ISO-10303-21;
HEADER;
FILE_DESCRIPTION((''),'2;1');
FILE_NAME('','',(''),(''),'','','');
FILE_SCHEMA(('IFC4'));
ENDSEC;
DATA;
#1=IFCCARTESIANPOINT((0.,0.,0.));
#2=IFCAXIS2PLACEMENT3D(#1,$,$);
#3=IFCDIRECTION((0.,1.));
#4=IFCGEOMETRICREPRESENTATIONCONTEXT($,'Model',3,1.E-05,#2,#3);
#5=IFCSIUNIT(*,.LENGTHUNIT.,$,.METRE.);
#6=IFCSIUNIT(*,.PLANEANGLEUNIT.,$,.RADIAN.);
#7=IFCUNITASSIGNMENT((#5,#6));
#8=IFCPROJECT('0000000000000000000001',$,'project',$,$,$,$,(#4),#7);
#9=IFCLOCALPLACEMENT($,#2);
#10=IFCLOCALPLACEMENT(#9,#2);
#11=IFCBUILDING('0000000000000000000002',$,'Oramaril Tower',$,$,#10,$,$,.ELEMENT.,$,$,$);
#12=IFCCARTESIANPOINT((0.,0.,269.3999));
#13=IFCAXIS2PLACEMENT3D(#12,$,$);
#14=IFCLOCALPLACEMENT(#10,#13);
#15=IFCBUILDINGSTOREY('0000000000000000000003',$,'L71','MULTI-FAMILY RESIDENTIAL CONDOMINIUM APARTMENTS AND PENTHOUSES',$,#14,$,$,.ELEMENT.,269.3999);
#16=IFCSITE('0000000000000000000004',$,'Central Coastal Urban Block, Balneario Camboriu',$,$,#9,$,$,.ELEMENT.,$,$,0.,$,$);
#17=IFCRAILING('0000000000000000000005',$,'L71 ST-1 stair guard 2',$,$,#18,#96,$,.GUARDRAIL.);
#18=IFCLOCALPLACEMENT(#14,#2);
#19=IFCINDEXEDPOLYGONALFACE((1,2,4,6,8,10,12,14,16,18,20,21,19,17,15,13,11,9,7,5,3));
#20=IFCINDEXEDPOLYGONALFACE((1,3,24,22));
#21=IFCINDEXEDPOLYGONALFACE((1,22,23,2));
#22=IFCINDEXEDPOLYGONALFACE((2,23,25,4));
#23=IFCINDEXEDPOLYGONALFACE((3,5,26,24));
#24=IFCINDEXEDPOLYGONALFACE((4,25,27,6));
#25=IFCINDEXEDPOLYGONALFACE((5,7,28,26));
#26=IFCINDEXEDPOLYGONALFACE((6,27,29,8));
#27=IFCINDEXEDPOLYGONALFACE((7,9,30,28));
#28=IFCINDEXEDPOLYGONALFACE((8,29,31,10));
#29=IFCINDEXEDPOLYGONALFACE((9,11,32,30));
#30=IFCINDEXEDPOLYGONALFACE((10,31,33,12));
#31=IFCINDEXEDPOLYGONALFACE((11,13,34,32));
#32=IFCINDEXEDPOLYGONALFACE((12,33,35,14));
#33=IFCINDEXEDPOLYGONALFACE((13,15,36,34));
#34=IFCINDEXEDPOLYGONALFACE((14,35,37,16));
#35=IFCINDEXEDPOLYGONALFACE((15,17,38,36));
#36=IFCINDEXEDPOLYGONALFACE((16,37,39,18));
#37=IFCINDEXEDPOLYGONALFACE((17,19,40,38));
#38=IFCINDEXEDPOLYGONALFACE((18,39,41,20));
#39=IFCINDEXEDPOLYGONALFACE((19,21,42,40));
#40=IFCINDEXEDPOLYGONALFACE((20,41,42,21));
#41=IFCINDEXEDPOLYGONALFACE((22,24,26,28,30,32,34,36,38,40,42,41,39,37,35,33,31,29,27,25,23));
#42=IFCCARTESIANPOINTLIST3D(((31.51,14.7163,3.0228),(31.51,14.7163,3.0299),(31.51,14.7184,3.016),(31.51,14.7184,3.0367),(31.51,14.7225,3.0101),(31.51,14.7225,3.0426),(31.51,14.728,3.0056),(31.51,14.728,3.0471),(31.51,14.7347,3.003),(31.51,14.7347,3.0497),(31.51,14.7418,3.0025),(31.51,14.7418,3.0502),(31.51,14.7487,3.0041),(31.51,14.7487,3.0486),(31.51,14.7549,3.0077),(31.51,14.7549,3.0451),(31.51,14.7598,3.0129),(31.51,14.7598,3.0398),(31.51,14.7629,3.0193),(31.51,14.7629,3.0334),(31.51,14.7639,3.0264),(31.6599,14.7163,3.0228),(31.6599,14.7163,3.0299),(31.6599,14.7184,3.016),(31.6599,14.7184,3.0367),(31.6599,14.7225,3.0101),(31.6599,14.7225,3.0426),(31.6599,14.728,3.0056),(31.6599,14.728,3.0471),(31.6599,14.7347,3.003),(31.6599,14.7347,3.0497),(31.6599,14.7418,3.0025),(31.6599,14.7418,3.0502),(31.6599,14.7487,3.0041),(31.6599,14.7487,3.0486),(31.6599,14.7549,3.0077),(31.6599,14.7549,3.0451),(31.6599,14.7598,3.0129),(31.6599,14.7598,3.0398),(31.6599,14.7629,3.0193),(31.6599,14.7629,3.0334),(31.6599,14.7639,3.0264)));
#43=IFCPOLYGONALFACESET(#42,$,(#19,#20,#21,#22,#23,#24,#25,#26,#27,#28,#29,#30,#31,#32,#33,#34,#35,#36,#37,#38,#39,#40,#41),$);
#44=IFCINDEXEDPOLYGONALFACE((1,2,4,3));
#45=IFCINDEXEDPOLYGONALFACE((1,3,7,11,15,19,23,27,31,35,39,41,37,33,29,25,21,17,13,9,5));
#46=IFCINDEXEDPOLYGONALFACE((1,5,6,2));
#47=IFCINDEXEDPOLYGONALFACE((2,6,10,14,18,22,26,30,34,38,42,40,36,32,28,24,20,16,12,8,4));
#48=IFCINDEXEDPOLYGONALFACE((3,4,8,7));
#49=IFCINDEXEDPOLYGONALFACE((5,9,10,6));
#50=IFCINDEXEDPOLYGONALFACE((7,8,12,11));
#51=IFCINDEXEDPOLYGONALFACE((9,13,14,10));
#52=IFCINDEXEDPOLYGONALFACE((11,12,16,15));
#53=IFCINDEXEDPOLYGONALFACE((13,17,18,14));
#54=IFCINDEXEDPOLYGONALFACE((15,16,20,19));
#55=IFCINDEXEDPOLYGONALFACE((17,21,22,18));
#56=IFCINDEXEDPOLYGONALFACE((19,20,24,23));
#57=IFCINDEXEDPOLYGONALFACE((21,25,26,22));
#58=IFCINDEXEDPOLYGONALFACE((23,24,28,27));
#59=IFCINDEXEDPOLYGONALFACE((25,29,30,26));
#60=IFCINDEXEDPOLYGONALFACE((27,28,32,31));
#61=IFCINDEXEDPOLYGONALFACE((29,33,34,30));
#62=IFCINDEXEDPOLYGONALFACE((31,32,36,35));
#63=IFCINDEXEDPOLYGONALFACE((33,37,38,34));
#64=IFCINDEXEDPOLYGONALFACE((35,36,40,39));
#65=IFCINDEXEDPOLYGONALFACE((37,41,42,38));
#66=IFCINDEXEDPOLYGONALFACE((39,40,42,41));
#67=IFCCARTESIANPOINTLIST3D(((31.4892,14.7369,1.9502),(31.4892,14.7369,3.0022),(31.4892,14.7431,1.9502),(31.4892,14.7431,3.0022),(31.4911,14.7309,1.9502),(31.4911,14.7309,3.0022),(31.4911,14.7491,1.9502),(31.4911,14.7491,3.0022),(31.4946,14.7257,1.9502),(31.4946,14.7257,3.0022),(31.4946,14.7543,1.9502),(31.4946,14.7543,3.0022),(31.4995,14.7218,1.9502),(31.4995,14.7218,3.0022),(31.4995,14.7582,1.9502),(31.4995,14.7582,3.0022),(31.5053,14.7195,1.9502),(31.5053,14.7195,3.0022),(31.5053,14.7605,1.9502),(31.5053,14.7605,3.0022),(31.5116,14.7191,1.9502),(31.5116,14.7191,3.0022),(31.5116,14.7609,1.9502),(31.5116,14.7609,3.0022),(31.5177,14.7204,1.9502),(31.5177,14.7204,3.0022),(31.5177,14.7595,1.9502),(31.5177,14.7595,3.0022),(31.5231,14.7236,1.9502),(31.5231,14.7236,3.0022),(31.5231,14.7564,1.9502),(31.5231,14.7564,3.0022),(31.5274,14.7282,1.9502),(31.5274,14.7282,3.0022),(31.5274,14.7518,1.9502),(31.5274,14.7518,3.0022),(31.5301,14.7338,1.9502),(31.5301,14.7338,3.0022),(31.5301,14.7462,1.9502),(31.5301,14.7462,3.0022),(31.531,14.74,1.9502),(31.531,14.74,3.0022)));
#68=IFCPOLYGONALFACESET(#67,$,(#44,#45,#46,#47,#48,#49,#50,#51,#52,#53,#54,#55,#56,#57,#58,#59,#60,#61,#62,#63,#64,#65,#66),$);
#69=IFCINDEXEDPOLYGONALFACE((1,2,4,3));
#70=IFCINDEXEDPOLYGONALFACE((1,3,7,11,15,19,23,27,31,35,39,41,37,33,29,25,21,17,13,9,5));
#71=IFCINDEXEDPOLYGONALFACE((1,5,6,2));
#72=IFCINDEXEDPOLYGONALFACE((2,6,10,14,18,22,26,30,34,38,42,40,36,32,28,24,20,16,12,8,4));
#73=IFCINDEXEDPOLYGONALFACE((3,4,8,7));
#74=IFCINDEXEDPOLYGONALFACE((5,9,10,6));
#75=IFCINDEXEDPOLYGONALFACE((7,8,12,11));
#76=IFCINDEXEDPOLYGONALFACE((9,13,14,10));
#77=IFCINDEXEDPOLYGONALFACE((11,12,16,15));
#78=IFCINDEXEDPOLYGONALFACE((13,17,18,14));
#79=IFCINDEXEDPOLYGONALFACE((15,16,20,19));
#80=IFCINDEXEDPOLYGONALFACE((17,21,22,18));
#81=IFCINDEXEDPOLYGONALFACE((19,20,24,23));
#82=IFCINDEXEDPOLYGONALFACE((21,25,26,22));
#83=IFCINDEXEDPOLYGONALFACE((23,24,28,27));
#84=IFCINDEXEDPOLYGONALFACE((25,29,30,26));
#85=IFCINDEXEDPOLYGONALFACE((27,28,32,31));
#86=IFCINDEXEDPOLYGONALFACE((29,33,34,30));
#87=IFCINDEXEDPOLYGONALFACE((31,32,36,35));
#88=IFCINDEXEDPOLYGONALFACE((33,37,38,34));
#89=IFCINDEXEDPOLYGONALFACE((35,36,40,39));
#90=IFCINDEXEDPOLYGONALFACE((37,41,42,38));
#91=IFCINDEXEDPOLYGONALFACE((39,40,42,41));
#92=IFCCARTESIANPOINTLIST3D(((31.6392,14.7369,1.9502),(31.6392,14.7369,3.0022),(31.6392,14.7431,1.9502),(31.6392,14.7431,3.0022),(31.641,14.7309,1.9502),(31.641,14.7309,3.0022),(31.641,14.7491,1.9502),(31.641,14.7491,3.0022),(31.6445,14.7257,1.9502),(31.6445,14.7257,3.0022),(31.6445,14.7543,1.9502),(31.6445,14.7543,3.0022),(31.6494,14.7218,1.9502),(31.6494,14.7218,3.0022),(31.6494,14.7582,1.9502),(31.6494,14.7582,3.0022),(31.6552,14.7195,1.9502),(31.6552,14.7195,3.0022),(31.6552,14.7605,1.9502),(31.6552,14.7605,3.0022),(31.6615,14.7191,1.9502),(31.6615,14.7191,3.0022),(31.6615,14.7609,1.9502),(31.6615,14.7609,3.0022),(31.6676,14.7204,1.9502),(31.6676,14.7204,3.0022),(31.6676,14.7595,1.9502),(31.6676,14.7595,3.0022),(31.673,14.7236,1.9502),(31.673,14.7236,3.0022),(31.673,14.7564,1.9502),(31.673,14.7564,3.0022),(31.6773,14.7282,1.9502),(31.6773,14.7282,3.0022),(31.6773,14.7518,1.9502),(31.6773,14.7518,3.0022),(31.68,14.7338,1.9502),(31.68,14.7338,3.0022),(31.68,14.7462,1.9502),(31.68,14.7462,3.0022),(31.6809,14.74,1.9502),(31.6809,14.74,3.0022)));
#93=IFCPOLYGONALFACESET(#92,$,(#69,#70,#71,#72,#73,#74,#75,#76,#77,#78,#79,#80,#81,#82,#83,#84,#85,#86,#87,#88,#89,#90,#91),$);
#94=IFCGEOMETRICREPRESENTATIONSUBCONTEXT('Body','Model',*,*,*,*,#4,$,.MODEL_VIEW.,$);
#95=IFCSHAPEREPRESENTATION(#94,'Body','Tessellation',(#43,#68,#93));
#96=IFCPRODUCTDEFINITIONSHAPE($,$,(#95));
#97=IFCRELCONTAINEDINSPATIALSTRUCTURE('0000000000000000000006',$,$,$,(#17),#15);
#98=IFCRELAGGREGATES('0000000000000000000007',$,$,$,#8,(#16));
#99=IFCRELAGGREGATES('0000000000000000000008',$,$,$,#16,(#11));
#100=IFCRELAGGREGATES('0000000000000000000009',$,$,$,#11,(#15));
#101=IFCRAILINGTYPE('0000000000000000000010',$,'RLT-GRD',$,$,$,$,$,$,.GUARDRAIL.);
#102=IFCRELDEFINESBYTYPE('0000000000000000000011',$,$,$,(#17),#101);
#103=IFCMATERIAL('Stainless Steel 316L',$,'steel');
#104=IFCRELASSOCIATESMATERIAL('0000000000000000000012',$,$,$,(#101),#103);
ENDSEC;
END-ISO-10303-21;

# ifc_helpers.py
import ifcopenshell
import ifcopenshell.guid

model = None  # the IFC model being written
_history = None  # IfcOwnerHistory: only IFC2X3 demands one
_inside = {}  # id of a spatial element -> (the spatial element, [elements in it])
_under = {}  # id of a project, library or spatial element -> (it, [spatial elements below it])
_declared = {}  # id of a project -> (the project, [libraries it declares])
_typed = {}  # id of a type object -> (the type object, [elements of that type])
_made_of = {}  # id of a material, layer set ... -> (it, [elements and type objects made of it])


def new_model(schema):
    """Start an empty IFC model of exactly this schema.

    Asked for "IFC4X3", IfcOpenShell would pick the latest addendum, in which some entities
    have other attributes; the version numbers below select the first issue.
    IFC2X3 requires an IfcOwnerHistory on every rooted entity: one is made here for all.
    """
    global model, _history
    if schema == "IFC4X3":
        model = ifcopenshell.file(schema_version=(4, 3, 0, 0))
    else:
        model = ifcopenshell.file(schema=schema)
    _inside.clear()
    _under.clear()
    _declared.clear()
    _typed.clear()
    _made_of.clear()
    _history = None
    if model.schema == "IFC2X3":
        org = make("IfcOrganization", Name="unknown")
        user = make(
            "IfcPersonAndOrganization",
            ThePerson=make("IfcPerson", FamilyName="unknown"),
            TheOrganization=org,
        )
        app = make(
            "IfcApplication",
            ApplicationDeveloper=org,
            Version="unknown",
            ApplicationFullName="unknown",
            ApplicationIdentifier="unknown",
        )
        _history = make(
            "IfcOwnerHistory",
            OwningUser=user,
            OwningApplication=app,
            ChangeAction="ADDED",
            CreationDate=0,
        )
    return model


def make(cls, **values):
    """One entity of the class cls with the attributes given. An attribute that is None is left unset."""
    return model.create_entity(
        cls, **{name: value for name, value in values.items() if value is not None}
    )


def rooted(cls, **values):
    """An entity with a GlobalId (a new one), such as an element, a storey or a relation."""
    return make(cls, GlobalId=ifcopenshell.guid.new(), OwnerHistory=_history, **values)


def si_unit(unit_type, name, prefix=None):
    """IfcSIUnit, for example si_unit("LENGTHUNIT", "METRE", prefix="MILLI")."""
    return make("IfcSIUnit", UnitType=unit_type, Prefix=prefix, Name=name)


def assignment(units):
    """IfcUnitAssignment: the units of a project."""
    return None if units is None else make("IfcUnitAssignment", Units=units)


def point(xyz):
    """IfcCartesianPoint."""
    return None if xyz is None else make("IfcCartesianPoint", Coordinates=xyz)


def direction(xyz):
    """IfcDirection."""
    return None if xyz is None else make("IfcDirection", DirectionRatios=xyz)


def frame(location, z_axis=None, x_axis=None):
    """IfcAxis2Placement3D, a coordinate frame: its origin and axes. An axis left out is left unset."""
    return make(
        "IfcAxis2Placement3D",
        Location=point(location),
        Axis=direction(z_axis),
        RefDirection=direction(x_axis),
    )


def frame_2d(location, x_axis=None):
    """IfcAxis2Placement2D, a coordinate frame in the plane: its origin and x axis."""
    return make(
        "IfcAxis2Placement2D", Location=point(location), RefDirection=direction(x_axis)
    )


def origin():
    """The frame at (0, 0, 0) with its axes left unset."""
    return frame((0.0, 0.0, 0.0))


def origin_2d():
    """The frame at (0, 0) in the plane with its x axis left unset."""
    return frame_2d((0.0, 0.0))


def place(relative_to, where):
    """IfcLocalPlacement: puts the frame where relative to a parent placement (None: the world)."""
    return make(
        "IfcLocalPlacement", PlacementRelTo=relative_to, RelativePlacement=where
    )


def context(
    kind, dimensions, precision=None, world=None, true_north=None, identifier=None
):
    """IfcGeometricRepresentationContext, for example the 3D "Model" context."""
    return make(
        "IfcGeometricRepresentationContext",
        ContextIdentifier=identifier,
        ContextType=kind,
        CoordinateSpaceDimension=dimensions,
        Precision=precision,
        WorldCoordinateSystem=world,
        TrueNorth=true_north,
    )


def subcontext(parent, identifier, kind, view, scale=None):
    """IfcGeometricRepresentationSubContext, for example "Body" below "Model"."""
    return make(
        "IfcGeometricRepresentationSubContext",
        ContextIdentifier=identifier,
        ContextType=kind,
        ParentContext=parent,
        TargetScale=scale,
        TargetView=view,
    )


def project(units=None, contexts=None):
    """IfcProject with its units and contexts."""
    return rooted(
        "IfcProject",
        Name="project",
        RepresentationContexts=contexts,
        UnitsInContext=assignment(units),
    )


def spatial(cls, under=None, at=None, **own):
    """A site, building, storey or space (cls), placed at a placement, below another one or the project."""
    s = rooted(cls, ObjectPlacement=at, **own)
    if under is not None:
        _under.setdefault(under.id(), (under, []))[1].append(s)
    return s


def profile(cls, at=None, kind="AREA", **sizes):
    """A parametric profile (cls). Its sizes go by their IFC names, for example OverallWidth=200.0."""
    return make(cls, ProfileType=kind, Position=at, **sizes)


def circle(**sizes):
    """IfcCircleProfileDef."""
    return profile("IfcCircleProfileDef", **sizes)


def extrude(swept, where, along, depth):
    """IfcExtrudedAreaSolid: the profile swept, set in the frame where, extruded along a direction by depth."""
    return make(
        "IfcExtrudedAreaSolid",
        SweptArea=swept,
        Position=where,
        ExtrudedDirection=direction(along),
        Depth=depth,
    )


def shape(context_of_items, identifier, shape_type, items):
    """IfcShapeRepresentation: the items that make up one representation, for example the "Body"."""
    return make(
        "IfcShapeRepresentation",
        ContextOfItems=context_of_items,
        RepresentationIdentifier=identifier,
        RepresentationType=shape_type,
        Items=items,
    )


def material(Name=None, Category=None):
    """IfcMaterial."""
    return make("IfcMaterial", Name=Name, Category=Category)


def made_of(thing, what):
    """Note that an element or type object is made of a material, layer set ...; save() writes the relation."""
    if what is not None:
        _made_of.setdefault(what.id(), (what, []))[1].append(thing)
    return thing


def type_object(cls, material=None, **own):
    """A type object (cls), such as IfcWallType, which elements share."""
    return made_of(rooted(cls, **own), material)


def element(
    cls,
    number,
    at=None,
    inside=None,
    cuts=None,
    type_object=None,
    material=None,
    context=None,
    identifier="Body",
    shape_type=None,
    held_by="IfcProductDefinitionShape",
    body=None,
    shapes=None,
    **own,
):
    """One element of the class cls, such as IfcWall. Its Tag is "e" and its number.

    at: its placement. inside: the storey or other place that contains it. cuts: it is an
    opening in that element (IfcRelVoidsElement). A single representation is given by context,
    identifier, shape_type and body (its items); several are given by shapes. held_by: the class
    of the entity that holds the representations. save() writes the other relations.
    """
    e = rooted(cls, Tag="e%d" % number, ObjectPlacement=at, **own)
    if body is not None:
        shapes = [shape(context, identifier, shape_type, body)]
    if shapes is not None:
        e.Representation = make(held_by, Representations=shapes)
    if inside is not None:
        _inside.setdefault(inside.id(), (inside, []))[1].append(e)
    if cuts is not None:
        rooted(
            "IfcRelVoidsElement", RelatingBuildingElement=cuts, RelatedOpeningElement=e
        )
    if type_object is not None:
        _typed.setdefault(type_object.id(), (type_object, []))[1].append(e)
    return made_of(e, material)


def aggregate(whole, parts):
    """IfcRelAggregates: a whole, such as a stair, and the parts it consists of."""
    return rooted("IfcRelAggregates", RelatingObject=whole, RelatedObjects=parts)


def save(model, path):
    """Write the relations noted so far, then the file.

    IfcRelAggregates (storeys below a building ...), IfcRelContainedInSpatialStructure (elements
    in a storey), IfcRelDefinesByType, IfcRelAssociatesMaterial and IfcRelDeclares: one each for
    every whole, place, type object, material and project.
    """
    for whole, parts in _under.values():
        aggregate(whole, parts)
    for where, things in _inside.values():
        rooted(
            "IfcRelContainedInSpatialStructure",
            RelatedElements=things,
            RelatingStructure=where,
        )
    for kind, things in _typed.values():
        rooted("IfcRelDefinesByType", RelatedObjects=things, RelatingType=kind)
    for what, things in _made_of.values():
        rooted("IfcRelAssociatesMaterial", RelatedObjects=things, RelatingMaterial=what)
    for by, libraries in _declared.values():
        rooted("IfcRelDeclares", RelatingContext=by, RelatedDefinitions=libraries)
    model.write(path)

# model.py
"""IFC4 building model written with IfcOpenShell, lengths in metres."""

from ifc_helpers import new_model, si_unit, direction, frame, origin, origin_2d, place, context, subcontext, project, spatial, circle, extrude, material, type_object, element, save


model = new_model("IFC4")

# Units and contexts
model_context = context("Model", 3, precision=1e-05, world=origin(), true_north=direction((0.0, 1.0)))
body_context = subcontext(model_context, "Body", "Model", "MODEL_VIEW")
ifc_project = project(units=[si_unit("LENGTHUNIT", "METRE"), si_unit("PLANEANGLEUNIT", "RADIAN")], contexts=[model_context])

# Site, building, storey
site_placement = place(None, origin())
site = spatial("IfcSite", under=ifc_project, at=site_placement, Name="Central Coastal Urban Block, Balneario Camboriu", CompositionType="ELEMENT", RefElevation=0.0)
building_placement = place(site_placement, origin())
building = spatial("IfcBuilding", under=site, at=building_placement, Name="Oramaril Tower", CompositionType="ELEMENT")
storey_placement = place(building_placement, frame((0.0, 0.0, 269.3999)))
storey = spatial("IfcBuildingStorey", under=building, at=storey_placement, Name="L71", Description="MULTI-FAMILY RESIDENTIAL CONDOMINIUM APARTMENTS AND PENTHOUSES", CompositionType="ELEMENT", Elevation=269.3999)

# Railing
ifc_material_1 = material(Name="Stainless Steel 316L", Category="steel")
railing_type_1 = type_object("IfcRailingType", Name="RLT-GRD", PredefinedType="GUARDRAIL", material=ifc_material_1)
railing_1_placement = place(storey_placement, frame((31.51, 14.74, 1.9502)))
element("IfcRailing", 1, at=railing_1_placement, inside=storey, type_object=railing_type_1, Name="L71 ST-1 stair guard 2", PredefinedType="GUARDRAIL", context=body_context, shape_type="SweptSolid", body=[
    extrude(circle(Radius=0.0239, at=origin_2d()), frame((0.0, 0.0, 1.0762), z_axis=(1.0, 0.0, 0.0), x_axis=(0.0, 1.0, 0.0)), (0.0, 0.0, 1.0), 0.1499),
    extrude(circle(Radius=0.021, at=origin_2d()), origin(), (0.0, 0.0, 1.0), 1.052),
    extrude(circle(Radius=0.021, at=origin_2d()), frame((0.1499, 0.0, 0.0)), (0.0, 0.0, 1.0), 1.052),
])

save(model, "model.ifc")
